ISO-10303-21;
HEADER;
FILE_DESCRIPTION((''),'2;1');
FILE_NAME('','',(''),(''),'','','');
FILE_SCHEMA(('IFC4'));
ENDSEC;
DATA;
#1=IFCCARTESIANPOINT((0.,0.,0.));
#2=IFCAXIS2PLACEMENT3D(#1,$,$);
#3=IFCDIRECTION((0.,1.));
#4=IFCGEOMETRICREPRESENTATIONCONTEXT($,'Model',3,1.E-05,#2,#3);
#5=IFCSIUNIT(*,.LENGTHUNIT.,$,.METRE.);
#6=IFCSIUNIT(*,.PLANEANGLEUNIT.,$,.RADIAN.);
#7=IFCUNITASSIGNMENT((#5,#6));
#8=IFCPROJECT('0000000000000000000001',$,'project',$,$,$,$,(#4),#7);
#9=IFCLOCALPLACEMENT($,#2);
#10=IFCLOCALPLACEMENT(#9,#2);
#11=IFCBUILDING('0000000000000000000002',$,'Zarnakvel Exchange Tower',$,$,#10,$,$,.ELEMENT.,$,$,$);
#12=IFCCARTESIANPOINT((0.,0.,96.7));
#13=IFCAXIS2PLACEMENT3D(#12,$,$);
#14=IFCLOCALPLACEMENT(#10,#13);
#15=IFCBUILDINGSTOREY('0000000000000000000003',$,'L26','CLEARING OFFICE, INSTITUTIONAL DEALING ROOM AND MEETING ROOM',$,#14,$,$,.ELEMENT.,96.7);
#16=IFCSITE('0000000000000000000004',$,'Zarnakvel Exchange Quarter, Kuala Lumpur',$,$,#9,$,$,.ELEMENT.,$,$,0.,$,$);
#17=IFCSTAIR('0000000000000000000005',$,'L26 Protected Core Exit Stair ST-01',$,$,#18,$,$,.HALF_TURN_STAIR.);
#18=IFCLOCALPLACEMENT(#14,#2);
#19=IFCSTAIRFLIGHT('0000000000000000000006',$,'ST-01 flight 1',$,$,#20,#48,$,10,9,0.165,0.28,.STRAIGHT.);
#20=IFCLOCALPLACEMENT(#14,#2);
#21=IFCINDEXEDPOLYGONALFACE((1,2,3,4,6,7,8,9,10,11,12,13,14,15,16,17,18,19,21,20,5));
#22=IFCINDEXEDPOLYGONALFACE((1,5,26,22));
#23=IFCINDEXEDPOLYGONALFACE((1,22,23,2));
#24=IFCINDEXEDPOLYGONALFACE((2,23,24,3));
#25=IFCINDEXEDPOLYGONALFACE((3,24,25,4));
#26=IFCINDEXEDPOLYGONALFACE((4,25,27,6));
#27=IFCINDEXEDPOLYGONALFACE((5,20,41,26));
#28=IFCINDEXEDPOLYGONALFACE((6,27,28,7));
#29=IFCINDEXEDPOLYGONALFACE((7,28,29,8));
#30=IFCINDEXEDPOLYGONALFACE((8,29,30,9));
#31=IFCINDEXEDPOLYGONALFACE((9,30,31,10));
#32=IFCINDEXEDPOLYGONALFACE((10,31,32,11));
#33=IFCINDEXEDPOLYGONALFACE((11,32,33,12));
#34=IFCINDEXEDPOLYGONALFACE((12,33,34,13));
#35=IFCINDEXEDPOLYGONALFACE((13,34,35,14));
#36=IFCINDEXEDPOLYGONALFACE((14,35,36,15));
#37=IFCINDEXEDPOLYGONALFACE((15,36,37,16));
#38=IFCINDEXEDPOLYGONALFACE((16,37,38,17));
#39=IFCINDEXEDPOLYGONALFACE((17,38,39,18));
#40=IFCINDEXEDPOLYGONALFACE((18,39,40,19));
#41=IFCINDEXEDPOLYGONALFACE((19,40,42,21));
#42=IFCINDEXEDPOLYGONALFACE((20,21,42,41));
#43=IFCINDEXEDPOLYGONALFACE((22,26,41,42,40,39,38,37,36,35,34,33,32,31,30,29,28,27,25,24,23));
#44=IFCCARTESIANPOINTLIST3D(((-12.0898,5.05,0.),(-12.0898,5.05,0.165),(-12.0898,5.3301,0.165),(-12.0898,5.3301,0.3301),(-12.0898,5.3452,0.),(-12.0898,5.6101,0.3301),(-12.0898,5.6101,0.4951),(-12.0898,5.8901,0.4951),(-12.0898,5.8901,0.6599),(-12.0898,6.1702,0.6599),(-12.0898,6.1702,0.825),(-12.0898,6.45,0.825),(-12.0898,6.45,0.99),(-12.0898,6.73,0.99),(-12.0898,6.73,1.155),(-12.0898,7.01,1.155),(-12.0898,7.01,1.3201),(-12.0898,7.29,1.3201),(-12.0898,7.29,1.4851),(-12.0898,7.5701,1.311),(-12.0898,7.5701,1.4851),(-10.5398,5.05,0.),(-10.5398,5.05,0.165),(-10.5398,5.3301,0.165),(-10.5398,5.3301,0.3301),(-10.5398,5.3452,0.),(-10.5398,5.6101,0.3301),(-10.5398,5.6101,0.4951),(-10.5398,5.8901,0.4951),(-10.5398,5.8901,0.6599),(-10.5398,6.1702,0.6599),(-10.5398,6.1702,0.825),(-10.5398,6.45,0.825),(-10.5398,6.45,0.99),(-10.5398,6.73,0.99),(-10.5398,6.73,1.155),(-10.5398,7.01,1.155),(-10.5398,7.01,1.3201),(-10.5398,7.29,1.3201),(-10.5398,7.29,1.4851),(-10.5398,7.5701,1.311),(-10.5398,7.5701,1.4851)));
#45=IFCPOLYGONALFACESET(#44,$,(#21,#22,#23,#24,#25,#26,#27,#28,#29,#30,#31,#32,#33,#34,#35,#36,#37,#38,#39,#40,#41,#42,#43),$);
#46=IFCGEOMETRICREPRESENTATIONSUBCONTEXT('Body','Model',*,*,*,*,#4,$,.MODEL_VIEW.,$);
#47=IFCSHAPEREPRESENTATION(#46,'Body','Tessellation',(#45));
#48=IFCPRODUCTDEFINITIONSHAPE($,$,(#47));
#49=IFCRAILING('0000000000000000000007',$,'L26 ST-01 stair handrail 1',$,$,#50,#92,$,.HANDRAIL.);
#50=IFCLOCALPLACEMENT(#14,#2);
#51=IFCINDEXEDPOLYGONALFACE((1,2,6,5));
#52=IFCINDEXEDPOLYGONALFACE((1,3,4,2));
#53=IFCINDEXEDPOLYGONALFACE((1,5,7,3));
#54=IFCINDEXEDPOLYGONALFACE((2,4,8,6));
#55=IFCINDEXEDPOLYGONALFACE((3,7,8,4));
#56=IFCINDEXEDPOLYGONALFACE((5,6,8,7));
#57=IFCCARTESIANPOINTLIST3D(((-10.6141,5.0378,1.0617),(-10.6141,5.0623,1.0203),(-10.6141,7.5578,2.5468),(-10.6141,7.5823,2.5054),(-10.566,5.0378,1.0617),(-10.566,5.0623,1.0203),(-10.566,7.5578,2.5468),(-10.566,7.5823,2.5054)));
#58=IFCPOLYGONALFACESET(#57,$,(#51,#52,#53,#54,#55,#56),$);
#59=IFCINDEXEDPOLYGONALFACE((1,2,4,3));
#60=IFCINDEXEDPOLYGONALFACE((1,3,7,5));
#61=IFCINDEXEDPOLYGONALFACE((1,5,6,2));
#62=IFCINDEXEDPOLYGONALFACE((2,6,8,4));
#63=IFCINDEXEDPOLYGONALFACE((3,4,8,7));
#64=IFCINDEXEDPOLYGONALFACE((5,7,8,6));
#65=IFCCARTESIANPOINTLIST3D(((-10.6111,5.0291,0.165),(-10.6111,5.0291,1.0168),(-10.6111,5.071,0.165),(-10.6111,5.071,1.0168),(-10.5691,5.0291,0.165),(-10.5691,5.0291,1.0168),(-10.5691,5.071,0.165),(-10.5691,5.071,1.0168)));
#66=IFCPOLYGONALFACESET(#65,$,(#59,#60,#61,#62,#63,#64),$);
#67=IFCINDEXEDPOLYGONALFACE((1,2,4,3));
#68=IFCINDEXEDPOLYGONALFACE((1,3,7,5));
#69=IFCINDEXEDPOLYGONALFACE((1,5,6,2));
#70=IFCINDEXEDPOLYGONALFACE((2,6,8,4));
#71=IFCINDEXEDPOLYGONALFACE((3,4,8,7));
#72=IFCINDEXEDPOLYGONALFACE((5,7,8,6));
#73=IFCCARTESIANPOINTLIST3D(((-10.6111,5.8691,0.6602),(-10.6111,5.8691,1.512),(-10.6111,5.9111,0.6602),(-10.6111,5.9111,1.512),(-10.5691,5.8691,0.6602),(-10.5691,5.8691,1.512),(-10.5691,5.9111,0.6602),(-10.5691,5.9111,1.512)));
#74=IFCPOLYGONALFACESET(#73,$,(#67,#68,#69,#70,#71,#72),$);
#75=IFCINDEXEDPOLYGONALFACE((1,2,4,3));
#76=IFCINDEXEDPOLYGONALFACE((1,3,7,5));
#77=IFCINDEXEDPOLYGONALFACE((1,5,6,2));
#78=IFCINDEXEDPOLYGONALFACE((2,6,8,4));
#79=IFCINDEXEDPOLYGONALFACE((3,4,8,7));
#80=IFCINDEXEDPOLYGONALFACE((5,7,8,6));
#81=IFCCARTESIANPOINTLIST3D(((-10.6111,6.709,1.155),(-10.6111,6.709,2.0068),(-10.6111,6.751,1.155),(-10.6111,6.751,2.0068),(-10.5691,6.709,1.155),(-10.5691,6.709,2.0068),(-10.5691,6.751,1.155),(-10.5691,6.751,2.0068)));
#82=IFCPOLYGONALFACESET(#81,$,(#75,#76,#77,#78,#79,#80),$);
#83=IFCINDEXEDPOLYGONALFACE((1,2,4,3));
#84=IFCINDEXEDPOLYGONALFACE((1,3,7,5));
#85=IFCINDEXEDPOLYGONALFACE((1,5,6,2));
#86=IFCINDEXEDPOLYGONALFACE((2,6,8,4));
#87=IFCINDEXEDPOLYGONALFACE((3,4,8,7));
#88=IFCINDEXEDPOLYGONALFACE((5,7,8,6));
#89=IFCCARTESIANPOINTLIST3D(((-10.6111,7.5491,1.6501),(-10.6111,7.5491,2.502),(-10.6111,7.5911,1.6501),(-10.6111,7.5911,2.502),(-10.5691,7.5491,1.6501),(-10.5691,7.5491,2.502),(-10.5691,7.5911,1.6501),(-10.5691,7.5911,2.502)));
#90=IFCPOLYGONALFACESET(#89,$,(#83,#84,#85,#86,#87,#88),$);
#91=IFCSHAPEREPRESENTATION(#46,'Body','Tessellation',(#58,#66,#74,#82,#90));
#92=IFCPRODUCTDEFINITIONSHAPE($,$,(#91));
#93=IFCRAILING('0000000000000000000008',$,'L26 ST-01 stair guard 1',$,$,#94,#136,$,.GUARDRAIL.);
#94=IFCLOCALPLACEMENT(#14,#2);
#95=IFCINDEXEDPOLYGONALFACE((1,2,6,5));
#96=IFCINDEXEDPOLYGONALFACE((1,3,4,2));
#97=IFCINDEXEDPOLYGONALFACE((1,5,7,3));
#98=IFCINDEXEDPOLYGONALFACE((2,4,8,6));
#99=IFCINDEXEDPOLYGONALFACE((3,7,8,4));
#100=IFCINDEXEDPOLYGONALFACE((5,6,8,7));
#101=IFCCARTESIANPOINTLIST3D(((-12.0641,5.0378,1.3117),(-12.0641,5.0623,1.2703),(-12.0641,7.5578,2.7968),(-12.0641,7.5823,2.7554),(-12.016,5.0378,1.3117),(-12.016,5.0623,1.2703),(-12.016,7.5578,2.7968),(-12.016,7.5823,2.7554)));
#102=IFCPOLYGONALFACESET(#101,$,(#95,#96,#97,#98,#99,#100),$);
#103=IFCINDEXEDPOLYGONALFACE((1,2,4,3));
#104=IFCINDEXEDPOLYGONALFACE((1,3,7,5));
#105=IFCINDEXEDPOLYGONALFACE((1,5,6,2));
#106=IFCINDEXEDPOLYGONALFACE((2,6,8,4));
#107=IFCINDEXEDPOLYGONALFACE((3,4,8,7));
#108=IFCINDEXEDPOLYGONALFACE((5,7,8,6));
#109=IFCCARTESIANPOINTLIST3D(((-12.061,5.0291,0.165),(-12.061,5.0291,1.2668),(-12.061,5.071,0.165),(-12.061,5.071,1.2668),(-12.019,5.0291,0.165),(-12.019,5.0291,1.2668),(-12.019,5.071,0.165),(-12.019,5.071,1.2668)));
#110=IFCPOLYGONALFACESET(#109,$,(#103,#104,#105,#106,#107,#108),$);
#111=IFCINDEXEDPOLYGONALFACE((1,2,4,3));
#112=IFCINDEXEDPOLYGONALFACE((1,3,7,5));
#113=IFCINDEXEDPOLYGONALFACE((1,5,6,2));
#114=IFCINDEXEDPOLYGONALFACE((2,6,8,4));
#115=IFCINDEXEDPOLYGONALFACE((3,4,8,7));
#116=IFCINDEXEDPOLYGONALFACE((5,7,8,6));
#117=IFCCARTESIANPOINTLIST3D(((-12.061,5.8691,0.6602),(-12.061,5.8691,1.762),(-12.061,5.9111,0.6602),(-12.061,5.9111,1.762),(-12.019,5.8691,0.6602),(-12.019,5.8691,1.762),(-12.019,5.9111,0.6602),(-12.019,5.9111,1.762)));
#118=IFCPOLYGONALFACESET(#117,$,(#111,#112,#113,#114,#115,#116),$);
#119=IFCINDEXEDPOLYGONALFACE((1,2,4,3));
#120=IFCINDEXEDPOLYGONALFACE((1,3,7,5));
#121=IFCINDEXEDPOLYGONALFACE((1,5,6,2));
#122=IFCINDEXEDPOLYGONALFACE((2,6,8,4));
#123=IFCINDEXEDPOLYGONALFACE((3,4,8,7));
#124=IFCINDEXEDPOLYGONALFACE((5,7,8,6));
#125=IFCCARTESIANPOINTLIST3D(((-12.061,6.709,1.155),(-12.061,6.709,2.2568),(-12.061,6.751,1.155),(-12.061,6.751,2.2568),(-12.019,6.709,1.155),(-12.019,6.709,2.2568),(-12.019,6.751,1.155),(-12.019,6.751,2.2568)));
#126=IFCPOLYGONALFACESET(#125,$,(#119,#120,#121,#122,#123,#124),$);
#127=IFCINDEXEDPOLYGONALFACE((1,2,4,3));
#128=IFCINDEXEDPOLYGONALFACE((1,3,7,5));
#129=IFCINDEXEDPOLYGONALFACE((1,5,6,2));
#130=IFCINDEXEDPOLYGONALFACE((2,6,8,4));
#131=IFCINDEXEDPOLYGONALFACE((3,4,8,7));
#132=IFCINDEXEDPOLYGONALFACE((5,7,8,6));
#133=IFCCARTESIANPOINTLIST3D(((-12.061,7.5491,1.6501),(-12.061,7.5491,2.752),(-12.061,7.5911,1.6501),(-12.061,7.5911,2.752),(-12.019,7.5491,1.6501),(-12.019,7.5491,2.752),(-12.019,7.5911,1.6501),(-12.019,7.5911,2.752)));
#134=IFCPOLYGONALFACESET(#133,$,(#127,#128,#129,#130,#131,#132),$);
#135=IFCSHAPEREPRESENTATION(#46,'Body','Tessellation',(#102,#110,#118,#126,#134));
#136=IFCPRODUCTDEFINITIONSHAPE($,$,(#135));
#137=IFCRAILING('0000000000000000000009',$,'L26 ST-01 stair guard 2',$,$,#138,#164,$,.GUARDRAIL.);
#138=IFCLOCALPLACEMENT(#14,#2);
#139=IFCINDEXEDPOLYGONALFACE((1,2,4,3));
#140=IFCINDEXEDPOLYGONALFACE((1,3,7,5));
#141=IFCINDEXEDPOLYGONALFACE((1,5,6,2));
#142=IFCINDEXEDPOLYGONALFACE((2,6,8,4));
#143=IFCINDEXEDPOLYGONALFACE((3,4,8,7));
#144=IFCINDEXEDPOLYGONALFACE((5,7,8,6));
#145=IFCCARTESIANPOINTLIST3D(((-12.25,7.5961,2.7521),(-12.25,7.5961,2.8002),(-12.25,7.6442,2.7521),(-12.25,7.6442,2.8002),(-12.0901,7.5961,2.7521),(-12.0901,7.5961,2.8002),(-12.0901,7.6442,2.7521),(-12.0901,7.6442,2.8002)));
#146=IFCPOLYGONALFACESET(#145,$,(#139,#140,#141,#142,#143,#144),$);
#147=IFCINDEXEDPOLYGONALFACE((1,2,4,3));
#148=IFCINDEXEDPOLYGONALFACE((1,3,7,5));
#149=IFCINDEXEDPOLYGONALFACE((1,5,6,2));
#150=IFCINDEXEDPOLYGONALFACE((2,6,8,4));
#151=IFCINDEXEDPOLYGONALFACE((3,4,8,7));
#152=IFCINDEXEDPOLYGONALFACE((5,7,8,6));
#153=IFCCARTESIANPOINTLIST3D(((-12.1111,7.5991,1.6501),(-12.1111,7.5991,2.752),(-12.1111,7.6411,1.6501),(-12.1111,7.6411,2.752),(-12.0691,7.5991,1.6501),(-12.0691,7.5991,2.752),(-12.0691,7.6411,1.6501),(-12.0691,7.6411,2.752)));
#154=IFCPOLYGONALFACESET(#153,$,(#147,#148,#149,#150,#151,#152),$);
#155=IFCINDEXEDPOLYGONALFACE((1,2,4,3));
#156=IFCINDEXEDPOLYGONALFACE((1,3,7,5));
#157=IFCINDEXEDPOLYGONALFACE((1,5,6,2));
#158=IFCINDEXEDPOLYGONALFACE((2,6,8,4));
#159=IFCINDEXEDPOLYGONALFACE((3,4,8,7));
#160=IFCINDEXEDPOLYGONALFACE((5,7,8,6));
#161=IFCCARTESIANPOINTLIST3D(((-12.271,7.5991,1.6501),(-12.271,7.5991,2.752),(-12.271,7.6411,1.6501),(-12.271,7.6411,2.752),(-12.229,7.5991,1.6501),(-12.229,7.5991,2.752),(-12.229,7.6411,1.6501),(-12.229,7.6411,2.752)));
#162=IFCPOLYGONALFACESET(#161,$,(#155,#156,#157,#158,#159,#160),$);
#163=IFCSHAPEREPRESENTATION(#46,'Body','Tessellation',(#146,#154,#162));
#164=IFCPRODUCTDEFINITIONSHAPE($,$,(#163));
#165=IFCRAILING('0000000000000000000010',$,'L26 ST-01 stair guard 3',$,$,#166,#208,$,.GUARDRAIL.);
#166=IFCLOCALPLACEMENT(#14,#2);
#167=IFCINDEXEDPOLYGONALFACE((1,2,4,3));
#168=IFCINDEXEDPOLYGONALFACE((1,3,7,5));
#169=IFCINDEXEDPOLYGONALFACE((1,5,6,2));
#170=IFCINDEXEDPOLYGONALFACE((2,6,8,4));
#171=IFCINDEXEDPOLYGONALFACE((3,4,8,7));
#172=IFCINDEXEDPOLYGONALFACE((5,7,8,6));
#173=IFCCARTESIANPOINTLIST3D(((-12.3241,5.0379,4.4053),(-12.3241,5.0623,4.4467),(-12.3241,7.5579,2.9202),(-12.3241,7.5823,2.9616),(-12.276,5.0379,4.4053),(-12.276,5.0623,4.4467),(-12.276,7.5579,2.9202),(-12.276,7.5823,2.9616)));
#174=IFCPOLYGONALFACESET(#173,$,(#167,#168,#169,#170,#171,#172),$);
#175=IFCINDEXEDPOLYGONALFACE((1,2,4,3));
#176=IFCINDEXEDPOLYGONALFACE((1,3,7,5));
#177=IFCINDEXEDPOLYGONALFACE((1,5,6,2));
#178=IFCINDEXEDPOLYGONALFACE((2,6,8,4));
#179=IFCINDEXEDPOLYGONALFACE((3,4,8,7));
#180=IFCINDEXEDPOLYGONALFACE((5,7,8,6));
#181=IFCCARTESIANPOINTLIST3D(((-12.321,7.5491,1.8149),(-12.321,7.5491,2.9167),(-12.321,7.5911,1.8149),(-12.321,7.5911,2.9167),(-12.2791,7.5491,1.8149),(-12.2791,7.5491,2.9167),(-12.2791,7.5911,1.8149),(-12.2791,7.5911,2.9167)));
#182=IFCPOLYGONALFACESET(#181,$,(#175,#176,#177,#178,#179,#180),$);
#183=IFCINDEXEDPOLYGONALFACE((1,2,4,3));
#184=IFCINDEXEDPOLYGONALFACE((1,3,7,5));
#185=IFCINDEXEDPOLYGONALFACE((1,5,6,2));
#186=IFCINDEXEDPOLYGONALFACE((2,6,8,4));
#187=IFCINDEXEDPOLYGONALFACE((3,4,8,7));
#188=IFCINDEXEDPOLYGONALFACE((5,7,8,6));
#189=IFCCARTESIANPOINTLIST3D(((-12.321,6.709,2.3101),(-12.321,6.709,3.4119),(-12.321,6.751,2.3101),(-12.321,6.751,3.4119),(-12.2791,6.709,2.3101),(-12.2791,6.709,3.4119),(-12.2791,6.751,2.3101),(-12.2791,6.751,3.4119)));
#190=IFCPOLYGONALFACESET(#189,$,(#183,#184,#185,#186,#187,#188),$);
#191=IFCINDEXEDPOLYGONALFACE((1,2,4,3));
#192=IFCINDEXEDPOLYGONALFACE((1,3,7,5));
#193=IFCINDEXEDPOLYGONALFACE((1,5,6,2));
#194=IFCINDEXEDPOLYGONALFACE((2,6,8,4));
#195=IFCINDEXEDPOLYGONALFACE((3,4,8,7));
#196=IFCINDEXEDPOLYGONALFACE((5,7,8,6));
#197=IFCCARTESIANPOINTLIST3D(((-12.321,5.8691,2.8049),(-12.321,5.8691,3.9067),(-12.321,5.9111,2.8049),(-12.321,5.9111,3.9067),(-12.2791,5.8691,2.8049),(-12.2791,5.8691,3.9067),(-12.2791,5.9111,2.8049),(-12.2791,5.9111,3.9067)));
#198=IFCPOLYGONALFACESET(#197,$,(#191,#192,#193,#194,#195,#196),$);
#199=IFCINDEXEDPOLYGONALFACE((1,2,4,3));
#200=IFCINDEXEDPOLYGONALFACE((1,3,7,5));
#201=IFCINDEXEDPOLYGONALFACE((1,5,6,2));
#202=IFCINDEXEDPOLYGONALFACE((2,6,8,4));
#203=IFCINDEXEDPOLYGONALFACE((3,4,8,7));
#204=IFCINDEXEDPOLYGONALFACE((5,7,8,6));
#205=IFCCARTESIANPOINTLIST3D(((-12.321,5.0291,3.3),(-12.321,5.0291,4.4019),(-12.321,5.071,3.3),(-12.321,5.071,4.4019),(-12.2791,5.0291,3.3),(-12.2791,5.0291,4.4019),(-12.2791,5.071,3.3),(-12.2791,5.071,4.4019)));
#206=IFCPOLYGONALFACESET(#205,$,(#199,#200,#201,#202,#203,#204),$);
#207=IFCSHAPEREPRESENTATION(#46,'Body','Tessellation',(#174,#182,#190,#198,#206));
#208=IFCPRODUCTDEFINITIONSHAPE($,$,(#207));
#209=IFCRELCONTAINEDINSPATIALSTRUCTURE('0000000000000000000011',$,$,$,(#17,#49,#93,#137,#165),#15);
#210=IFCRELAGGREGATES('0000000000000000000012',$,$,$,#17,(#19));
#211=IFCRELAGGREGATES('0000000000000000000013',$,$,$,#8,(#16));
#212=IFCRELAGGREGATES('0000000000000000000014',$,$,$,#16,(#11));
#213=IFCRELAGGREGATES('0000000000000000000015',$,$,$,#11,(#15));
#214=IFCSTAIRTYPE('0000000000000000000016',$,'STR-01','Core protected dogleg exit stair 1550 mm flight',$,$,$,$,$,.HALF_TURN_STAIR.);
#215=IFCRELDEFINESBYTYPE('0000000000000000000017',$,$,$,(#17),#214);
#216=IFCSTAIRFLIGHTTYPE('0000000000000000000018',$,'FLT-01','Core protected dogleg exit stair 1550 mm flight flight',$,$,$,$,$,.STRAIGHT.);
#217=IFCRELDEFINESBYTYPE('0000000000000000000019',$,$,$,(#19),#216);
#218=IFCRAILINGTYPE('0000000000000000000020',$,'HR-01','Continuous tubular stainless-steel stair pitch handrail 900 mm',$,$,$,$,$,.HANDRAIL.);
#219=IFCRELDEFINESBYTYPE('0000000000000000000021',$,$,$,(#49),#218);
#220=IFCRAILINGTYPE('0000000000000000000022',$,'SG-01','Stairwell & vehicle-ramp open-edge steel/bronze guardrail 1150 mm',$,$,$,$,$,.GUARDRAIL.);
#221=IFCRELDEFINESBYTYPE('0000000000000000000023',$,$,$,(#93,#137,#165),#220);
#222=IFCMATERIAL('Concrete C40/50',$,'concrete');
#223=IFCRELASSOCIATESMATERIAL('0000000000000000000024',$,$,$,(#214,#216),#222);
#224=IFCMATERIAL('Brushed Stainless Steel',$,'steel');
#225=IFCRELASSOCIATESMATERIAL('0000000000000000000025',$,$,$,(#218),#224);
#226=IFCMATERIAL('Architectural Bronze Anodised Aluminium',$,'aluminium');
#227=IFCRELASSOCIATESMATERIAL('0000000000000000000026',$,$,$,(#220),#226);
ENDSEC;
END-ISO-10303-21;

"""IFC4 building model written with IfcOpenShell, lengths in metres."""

from ifc_helpers import new_model, si_unit, direction, frame, origin, origin_2d, place, context, subcontext, project, spatial, polyline, rectangle, outline, extrude, material, type_object, element, aggregate, save


model = new_model("IFC4")

# Units and contexts
model_context = context("Model", 3, precision=1e-05, world=origin(), true_north=direction((0.0, 1.0)))
body_context = subcontext(model_context, "Body", "Model", "MODEL_VIEW")
ifc_project = project(units=[si_unit("LENGTHUNIT", "METRE"), si_unit("PLANEANGLEUNIT", "RADIAN")], contexts=[model_context])

# Site, building, storey
site_placement = place(None, origin())
site = spatial("IfcSite", under=ifc_project, at=site_placement, Name="Zarnakvel Exchange Quarter, Kuala Lumpur", CompositionType="ELEMENT", RefElevation=0.0)
building_placement = place(site_placement, origin())
building = spatial("IfcBuilding", under=site, at=building_placement, Name="Zarnakvel Exchange Tower", CompositionType="ELEMENT")
storey_placement = place(building_placement, frame((0.0, 0.0, 96.7)))
storey = spatial("IfcBuildingStorey", under=building, at=storey_placement, Name="L26", Description="CLEARING OFFICE, INSTITUTIONAL DEALING ROOM AND MEETING ROOM", CompositionType="ELEMENT", Elevation=96.7)

# Shared definitions
ifc_material_1 = material(Name="Concrete C40/50", Category="concrete")
ifc_material_2 = material(Name="Brushed Stainless Steel", Category="steel")

# Shared definitions
ifc_material_3 = material(Name="Architectural Bronze Anodised Aluminium", Category="aluminium")

# Stair, stair flight
stair_type = type_object("IfcStairType", Name="STR-01", Description="Core protected dogleg exit stair 1550 mm flight", PredefinedType="HALF_TURN_STAIR", material=ifc_material_1)
stair_placement = place(storey_placement, origin())
stair = element("IfcStair", 1, at=stair_placement, inside=storey, type_object=stair_type, Name="L26 Protected Core Exit Stair ST-01", PredefinedType="HALF_TURN_STAIR")
stair_flight_type = type_object("IfcStairFlightType", Name="FLT-01", Description="Core protected dogleg exit stair 1550 mm flight flight", PredefinedType="STRAIGHT", material=ifc_material_1)
stair_flight_placement = place(storey_placement, frame((-11.3149, 5.05, 0.0), z_axis=(0.0, 0.0, 1.0), x_axis=(0.0, 1.0, 0.0)))
stair_flight = element("IfcStairFlight", 2, at=stair_flight_placement, type_object=stair_flight_type, Name="ST-01 flight 1", NumberOfRisers=10, NumberOfTreads=9, PredefinedType="STRAIGHT", RiserHeight=0.165, TreadLength=0.28, context=body_context, shape_type="SweptSolid", body=[
    extrude(outline(polyline([(0.0, 0.0), (0.0, 0.165), (0.28, 0.165), (0.28, 0.3301), (0.5601, 0.3301), (0.5601, 0.4951), (0.8401, 0.4951), (0.8401, 0.6599), (1.1201, 0.6599), (1.1201, 0.825), (1.3999, 0.825), (1.3999, 0.99), (1.6799, 0.99), (1.6799, 1.155), (1.96, 1.155), (1.96, 1.3201), (2.24, 1.3201), (2.24, 1.4851), (2.52, 1.4851), (2.52, 1.6499), (2.52, 1.311), (0.2952, 0.0), (0.0, 0.0)])), frame((0.0, 0.7749, 0.0), z_axis=(0.0, -1.0, 0.0), x_axis=(1.0, 0.0, 0.0)), (0.0, 0.0, 1.0), 1.55),
])
aggregate(stair, [stair_flight])

# Railings
railing_type_1 = type_object("IfcRailingType", Name="HR-01", Description="Continuous tubular stainless-steel stair pitch handrail 900 mm", PredefinedType="HANDRAIL", material=ifc_material_2)
railing_1_placement = place(storey_placement, frame((-10.5901, 5.05, 0.165)))
element("IfcRailing", 3, at=railing_1_placement, inside=storey, type_object=railing_type_1, Name="L26 ST-01 stair handrail 1", PredefinedType="HANDRAIL", context=body_context, shape_type="SweptSolid", body=[
    extrude(rectangle(XDim=0.0481, YDim=0.0481, at=origin_2d()), frame((0.0, 0.0, 0.876), z_axis=(0.0, 0.861524, 0.507717), x_axis=(-1.0, 0.0, 0.0)), (0.0, 0.0, 1.0), 2.925),
    extrude(rectangle(XDim=0.042, YDim=0.042, at=origin_2d()), origin(), (0.0, 0.0, 1.0), 0.8518),
    extrude(rectangle(XDim=0.042, YDim=0.042, at=origin_2d()), frame((0.0, 0.8401, 0.4951)), (0.0, 0.0, 1.0), 0.8518),
    extrude(rectangle(XDim=0.042, YDim=0.042, at=origin_2d()), frame((0.0, 1.6799, 0.99)), (0.0, 0.0, 1.0), 0.8518),
    extrude(rectangle(XDim=0.042, YDim=0.042, at=origin_2d()), frame((0.0, 2.52, 1.4851)), (0.0, 0.0, 1.0), 0.8518),
])
railing_type_2 = type_object("IfcRailingType", Name="SG-01", Description="Stairwell & vehicle-ramp open-edge steel/bronze guardrail 1150 mm", PredefinedType="GUARDRAIL", material=ifc_material_3)
railing_2_placement = place(storey_placement, frame((-12.04, 5.05, 0.165)))
element("IfcRailing", 4, at=railing_2_placement, inside=storey, type_object=railing_type_2, Name="L26 ST-01 stair guard 1", PredefinedType="GUARDRAIL", context=body_context, shape_type="SweptSolid", body=[
    extrude(rectangle(XDim=0.0481, YDim=0.0481, at=origin_2d()), frame((0.0, 0.0, 1.126), z_axis=(0.0, 0.861524, 0.507717), x_axis=(-1.0, 0.0, 0.0)), (0.0, 0.0, 1.0), 2.925),
    extrude(rectangle(XDim=0.042, YDim=0.042, at=origin_2d()), origin(), (0.0, 0.0, 1.0), 1.1018),
    extrude(rectangle(XDim=0.042, YDim=0.042, at=origin_2d()), frame((0.0, 0.8401, 0.4951)), (0.0, 0.0, 1.0), 1.1018),
    extrude(rectangle(XDim=0.042, YDim=0.042, at=origin_2d()), frame((0.0, 1.6799, 0.99)), (0.0, 0.0, 1.0), 1.1018),
    extrude(rectangle(XDim=0.042, YDim=0.042, at=origin_2d()), frame((0.0, 2.52, 1.4851)), (0.0, 0.0, 1.0), 1.1018),
])
railing_3_placement = place(storey_placement, frame((-12.0901, 7.6201, 1.6501)))
element("IfcRailing", 5, at=railing_3_placement, inside=storey, type_object=railing_type_2, Name="L26 ST-01 stair guard 2", PredefinedType="GUARDRAIL", context=body_context, shape_type="SweptSolid", body=[
    extrude(rectangle(XDim=0.0481, YDim=0.0481, at=origin_2d()), frame((0.0, 0.0, 1.126), z_axis=(-1.0, 0.0, 0.0), x_axis=(0.0, -1.0, 0.0)), (0.0, 0.0, 1.0), 0.1599),
    extrude(rectangle(XDim=0.042, YDim=0.042, at=origin_2d()), origin(), (0.0, 0.0, 1.0), 1.1018),
    extrude(rectangle(XDim=0.042, YDim=0.042, at=origin_2d()), frame((-0.1599, 0.0, 0.0)), (0.0, 0.0, 1.0), 1.1018),
])
railing_4_placement = place(storey_placement, frame((-12.3, 7.5701, 1.8149)))
element("IfcRailing", 6, at=railing_4_placement, inside=storey, type_object=railing_type_2, Name="L26 ST-01 stair guard 3", PredefinedType="GUARDRAIL", context=body_context, shape_type="SweptSolid", body=[
    extrude(rectangle(XDim=0.0481, YDim=0.0481, at=origin_2d()), frame((0.0, 0.0, 1.126), z_axis=(0.0, -0.861524, 0.507717), x_axis=(1.0, 0.0, 0.0)), (0.0, 0.0, 1.0), 2.925),
    extrude(rectangle(XDim=0.042, YDim=0.042, at=origin_2d()), origin(), (0.0, 0.0, 1.0), 1.1018),
    extrude(rectangle(XDim=0.042, YDim=0.042, at=origin_2d()), frame((0.0, -0.8401, 0.4951)), (0.0, 0.0, 1.0), 1.1018),
    extrude(rectangle(XDim=0.042, YDim=0.042, at=origin_2d()), frame((0.0, -1.6799, 0.99)), (0.0, 0.0, 1.0), 1.1018),
    extrude(rectangle(XDim=0.042, YDim=0.042, at=origin_2d()), frame((0.0, -2.52, 1.4851)), (0.0, 0.0, 1.0), 1.1018),
])

save(model, "model.ifc")
